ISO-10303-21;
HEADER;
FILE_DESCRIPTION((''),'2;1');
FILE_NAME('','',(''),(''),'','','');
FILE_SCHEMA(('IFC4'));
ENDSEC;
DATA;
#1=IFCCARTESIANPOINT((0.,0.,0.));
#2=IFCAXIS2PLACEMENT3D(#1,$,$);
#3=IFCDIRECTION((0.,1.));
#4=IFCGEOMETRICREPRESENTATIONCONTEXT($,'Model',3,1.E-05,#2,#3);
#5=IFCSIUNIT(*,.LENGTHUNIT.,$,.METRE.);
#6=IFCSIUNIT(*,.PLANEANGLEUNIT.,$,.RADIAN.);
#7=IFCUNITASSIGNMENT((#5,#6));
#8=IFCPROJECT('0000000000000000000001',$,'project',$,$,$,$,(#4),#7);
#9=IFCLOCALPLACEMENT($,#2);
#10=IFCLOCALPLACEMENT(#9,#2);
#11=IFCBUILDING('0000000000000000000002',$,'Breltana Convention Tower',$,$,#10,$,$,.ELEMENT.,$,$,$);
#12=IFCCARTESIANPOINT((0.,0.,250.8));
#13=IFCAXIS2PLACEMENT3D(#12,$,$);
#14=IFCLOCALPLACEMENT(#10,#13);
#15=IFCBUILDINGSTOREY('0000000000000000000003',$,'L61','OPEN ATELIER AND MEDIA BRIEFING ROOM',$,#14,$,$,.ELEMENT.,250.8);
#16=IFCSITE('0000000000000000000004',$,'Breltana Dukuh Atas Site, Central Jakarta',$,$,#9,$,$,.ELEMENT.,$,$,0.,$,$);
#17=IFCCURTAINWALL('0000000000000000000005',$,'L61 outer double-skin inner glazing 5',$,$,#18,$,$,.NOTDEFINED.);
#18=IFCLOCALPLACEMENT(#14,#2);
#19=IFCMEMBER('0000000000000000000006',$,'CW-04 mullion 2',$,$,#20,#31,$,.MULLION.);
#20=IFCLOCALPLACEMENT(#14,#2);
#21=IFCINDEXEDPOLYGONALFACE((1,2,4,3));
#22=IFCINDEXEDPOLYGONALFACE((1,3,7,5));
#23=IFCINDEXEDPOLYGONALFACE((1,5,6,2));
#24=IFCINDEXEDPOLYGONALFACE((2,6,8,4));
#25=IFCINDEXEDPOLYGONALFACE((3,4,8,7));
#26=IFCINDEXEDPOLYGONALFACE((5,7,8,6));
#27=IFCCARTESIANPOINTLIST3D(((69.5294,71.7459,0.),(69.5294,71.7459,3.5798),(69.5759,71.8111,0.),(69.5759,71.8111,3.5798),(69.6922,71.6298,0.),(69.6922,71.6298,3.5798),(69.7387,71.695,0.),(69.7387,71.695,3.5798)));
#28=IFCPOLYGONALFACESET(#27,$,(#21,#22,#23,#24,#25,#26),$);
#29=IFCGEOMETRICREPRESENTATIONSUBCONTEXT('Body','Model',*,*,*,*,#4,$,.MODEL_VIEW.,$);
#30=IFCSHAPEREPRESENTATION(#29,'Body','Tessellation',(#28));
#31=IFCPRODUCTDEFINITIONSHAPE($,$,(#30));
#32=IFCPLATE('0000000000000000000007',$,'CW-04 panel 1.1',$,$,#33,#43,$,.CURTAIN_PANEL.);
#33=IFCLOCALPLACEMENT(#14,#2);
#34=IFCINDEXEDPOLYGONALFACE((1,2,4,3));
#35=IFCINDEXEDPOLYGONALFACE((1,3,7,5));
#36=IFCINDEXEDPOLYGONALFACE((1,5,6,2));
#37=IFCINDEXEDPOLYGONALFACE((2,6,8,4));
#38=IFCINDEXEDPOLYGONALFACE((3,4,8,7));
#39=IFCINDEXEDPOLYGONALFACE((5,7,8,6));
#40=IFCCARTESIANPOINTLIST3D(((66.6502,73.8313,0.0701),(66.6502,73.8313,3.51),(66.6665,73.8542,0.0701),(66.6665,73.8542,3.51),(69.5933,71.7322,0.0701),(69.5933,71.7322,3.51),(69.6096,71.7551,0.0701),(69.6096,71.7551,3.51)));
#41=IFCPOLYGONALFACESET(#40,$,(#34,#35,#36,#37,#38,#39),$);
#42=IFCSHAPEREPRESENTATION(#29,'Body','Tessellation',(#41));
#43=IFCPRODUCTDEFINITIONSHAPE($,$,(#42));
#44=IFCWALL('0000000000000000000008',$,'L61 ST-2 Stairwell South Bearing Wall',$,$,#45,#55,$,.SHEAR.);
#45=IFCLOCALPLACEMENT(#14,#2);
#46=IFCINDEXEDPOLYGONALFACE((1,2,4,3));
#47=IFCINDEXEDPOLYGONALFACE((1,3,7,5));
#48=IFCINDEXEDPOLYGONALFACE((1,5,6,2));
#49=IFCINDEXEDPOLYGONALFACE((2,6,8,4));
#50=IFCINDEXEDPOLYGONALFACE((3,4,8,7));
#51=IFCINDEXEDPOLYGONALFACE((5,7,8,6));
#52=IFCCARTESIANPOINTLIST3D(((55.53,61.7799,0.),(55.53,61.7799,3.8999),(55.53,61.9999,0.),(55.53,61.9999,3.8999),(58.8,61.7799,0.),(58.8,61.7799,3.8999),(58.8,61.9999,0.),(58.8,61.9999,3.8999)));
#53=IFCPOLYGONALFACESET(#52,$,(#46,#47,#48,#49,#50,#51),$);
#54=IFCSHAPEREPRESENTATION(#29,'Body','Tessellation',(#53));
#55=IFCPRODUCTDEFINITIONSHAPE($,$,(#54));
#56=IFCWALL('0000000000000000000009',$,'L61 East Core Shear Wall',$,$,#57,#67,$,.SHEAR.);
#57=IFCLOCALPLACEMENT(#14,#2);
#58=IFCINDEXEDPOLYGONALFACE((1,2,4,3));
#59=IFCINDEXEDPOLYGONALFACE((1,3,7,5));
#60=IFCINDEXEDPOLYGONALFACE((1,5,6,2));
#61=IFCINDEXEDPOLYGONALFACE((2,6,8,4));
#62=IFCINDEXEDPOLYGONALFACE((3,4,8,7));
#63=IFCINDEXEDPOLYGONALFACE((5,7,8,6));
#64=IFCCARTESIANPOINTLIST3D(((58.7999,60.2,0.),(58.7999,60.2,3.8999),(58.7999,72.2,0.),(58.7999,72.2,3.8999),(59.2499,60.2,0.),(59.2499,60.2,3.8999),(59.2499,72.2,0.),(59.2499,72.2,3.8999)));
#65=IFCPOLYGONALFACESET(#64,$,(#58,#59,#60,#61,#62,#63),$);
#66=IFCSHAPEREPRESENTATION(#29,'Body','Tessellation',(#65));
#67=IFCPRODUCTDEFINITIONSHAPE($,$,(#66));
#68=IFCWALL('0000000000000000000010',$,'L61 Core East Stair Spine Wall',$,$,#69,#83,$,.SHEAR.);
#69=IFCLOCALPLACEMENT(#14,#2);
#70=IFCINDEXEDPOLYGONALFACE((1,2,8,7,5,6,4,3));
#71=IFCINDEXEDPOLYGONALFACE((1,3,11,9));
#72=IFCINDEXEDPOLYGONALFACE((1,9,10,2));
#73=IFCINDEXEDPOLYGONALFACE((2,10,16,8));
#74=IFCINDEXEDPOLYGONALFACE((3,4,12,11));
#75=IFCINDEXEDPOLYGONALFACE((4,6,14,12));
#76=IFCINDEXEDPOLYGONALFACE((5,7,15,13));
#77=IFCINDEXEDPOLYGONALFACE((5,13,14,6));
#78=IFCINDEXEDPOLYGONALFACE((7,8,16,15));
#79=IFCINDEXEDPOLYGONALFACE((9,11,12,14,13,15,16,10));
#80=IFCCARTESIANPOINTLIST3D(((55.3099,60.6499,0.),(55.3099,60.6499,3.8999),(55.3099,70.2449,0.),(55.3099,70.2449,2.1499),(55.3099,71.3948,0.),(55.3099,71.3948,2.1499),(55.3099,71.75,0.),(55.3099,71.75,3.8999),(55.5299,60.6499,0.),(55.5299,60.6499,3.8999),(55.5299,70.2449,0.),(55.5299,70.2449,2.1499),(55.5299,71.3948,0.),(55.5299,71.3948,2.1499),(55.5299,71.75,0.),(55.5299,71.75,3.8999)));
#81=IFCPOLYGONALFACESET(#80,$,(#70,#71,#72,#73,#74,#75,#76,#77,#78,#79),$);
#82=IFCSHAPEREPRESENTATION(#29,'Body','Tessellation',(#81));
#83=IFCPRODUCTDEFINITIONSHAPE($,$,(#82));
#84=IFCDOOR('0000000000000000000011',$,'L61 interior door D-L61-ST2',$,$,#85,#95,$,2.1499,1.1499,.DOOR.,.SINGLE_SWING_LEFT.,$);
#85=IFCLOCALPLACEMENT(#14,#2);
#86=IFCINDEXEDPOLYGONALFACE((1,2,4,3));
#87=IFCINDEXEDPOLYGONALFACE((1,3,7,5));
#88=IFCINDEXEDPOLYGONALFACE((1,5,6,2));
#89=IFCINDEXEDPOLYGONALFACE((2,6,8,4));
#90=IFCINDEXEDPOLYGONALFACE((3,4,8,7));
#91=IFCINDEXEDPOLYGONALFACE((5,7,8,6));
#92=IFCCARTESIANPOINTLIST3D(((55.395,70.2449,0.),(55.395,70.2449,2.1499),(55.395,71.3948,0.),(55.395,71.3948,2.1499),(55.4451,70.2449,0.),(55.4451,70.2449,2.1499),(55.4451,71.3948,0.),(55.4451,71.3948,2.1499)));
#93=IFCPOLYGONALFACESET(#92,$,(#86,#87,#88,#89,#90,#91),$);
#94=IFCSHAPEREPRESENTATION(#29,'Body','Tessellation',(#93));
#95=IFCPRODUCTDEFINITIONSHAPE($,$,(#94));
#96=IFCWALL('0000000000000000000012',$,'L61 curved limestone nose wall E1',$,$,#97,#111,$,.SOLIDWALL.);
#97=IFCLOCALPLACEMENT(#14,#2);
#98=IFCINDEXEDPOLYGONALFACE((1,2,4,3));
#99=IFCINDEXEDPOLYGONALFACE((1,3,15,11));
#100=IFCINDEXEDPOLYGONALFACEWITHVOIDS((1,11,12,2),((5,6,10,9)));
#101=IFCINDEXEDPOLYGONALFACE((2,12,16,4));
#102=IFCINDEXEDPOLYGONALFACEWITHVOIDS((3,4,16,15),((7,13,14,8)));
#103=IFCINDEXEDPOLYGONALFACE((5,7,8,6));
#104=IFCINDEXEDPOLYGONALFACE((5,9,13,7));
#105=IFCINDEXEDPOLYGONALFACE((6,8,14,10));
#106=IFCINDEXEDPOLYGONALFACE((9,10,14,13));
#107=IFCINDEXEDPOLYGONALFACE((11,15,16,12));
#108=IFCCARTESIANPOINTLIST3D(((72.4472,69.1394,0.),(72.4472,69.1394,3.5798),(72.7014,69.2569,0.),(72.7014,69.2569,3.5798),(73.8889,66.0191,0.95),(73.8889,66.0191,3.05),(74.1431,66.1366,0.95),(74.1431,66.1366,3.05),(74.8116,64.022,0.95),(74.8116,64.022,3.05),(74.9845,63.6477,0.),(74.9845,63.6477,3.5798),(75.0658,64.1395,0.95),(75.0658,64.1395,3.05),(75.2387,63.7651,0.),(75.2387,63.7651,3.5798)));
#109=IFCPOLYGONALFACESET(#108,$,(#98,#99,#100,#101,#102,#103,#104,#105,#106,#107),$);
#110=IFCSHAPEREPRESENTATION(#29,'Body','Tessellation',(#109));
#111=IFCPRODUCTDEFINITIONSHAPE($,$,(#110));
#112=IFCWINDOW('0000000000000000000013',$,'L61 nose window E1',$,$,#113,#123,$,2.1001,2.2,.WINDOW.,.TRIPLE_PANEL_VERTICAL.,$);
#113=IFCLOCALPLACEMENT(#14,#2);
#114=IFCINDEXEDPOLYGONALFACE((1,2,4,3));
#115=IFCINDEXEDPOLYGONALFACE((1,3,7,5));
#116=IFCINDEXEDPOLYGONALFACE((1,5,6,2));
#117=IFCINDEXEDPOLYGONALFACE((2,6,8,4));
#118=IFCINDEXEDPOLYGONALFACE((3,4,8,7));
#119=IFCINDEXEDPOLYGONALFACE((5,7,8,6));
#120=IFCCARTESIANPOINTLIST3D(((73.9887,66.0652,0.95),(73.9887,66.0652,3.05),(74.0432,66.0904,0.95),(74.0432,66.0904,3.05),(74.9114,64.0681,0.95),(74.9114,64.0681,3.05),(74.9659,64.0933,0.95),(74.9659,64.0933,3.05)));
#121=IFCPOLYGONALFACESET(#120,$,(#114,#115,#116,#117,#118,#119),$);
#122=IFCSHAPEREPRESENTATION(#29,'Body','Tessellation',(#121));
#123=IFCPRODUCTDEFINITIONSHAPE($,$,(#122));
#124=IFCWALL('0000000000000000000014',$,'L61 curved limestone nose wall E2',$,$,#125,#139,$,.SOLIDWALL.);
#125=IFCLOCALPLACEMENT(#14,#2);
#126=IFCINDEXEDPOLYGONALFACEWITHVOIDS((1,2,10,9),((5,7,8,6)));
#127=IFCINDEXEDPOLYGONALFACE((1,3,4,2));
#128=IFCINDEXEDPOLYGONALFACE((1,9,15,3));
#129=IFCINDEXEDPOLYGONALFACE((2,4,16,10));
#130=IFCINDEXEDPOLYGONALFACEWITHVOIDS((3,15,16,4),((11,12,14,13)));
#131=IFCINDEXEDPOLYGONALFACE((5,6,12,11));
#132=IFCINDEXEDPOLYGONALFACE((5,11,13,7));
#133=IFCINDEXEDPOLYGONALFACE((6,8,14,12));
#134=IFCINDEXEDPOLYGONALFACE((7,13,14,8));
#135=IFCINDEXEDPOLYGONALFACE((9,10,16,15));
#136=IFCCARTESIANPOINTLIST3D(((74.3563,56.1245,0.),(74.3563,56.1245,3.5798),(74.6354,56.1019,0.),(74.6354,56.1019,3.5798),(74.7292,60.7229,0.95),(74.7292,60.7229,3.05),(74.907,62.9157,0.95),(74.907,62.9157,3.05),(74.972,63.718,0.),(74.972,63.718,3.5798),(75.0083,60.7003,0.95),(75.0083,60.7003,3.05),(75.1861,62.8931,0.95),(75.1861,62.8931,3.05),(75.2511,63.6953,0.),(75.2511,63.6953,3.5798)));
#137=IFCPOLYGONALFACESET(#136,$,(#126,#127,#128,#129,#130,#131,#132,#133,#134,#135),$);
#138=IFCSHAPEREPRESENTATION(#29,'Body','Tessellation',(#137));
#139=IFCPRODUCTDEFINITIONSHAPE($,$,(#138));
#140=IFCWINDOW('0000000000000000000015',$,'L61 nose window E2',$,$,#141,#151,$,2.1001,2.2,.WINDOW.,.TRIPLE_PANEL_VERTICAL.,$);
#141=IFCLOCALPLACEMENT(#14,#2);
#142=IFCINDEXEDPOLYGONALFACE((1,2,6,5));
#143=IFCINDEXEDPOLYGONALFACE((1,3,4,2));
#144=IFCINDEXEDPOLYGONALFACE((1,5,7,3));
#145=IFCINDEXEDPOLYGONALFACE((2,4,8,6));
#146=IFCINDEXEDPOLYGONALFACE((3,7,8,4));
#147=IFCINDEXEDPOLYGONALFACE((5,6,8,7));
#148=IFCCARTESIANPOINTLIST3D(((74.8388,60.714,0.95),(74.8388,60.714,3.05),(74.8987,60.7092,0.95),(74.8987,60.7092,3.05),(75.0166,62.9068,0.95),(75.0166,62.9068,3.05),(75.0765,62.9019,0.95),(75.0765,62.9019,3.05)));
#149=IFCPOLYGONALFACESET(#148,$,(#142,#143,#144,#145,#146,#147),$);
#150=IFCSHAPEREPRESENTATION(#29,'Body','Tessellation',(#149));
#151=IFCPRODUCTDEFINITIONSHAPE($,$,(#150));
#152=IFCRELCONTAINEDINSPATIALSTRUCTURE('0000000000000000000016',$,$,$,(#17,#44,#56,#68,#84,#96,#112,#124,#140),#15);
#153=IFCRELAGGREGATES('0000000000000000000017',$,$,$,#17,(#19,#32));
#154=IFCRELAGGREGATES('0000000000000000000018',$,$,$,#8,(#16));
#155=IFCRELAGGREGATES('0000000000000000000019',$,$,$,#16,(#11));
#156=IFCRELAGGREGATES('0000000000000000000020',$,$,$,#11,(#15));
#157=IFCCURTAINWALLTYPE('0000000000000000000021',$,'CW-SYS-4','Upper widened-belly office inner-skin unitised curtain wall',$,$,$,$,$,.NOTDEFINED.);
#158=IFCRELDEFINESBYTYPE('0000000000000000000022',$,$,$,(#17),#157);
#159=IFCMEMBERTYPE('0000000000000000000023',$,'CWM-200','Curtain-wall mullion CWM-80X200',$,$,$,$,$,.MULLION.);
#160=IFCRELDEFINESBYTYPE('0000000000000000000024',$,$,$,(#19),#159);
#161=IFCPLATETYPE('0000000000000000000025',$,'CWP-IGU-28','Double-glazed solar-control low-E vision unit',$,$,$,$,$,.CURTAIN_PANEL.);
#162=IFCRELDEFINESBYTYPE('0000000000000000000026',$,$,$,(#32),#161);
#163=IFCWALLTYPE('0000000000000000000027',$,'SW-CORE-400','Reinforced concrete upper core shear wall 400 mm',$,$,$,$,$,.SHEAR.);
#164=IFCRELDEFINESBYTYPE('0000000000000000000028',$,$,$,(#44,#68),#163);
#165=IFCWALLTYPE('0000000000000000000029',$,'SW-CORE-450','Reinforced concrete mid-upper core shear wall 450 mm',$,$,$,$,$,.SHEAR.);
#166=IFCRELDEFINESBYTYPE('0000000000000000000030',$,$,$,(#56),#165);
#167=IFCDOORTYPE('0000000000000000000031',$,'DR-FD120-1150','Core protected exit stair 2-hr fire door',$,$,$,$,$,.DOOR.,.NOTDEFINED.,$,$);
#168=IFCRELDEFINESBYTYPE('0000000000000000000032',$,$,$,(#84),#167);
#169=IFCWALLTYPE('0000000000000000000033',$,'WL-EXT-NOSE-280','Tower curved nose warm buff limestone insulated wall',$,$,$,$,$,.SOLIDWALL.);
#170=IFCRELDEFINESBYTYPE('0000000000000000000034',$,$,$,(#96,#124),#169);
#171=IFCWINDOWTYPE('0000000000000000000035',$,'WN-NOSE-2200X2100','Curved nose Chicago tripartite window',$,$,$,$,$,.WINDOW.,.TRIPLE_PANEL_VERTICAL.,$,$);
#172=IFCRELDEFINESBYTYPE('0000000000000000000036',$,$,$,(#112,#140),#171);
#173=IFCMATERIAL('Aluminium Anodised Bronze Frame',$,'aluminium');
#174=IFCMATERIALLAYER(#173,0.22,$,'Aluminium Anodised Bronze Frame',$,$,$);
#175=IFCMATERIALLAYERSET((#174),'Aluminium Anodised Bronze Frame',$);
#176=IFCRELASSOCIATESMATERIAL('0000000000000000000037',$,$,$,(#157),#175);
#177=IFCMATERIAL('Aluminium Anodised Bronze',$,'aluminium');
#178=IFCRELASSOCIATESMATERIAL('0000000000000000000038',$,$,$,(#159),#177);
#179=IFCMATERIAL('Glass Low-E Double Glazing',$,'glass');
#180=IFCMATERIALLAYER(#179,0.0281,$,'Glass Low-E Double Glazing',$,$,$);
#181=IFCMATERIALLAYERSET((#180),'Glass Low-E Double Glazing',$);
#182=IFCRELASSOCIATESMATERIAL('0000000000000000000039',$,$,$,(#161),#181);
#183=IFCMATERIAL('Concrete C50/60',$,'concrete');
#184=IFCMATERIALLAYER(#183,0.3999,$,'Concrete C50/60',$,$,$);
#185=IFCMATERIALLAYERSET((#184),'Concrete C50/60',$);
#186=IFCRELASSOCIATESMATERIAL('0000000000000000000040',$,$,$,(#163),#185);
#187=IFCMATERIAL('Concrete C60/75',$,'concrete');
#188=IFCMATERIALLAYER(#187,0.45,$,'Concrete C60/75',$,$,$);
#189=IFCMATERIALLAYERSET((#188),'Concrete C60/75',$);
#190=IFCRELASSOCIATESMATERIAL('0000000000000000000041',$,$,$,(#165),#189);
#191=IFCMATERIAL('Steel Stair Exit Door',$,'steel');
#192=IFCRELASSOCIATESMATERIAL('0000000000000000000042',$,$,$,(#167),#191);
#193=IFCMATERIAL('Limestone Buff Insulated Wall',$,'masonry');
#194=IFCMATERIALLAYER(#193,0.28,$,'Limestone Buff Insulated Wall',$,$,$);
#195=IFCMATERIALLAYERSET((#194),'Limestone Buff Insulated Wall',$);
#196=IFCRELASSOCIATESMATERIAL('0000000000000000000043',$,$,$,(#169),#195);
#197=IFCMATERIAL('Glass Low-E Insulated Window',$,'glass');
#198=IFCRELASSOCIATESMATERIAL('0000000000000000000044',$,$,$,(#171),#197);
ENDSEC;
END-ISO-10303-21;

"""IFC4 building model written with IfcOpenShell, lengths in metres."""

from ifc_helpers import new_model, si_unit, direction, frame, frame_2d, origin, origin_2d, place, context, subcontext, project, spatial, rectangle, extrude, source, transform, mapped, material, layer, layer_set, material_profile, profile_set, type_object, type_shapes, element, fill, aggregate, save


model = new_model("IFC4")

# Units and contexts
model_context = context("Model", 3, precision=1e-05, world=origin(), true_north=direction((0.0, 1.0)))
body_context = subcontext(model_context, "Body", "Model", "MODEL_VIEW")
ifc_project = project(units=[si_unit("LENGTHUNIT", "METRE"), si_unit("PLANEANGLEUNIT", "RADIAN")], contexts=[model_context])

# Site, building, storey
site_placement = place(None, origin())
site = spatial("IfcSite", under=ifc_project, at=site_placement, Name="Breltana Dukuh Atas Site, Central Jakarta", CompositionType="ELEMENT", RefElevation=0.0)
building_placement = place(site_placement, origin())
building = spatial("IfcBuilding", under=site, at=building_placement, Name="Breltana Convention Tower", CompositionType="ELEMENT")
storey_placement = place(building_placement, frame((0.0, 0.0, 250.8)))
storey = spatial("IfcBuildingStorey", under=building, at=storey_placement, Name="L61", Description="OPEN ATELIER AND MEDIA BRIEFING ROOM", CompositionType="ELEMENT", Elevation=250.8)

# Shared definitions
ifc_material_1 = material(Name="Concrete C50/60", Category="concrete")

# Curtain wall, member, plate
ifc_material_2 = material(Name="Aluminium Anodised Bronze Frame", Category="aluminium")
ifc_layer_1 = layer(ifc_material_2, 0.22, Name="Aluminium Anodised Bronze Frame")
ifc_layer_set_1 = layer_set([ifc_layer_1], Name="Aluminium Anodised Bronze Frame")
curtain_wall_type = type_object("IfcCurtainWallType", Name="CW-SYS-4", Description="Upper widened-belly office inner-skin unitised curtain wall", PredefinedType="NOTDEFINED", material=ifc_layer_set_1)
curtain_wall_placement = place(storey_placement, origin())
curtain_wall = element("IfcCurtainWall", 1, at=curtain_wall_placement, inside=storey, type_object=curtain_wall_type, Name="L61 outer double-skin inner glazing 5", PredefinedType="NOTDEFINED")
ifc_material_3 = material(Name="Aluminium Anodised Bronze", Category="aluminium")
ifc_material_profile_1 = material_profile(ifc_material_3, rectangle(XDim=0.0801, YDim=0.2, at=origin_2d()), Name="CWM-80X200")
ifc_profile_set_1 = profile_set([ifc_material_profile_1], Name="Aluminium Anodised Bronze")
member_type_1 = type_object("IfcMemberType", Name="CWM-200", Description="Curtain-wall mullion CWM-80X200", PredefinedType="MULLION", material=ifc_profile_set_1)
shared_shape_1 = source(origin(), body_context, "Body", "SweptSolid", [
    extrude(rectangle(XDim=0.0801, YDim=0.2, at=origin_2d()), origin(), (0.0, 0.0, 1.0), 3.5798),
])
member_1_placement = place(storey_placement, frame((69.634, 71.7205, 0.0), z_axis=(0.0, 0.0, 1.0), x_axis=(0.580662, 0.814145, 0.0)))
member_1 = element("IfcMember", 2, at=member_1_placement, type_object=member_type_1, Name="CW-04 mullion 2", PredefinedType="MULLION", context=body_context, shape_type="MappedRepresentation", body=[
    mapped(shared_shape_1, transform((0.0, 0.0, 0.0), scale=1.0)),
])
ifc_material_4 = material(Name="Glass Low-E Double Glazing", Category="glass")
ifc_layer_2 = layer(ifc_material_4, 0.0281, Name="Glass Low-E Double Glazing")
ifc_layer_set_2 = layer_set([ifc_layer_2], Name="Glass Low-E Double Glazing")
plate_type = type_object("IfcPlateType", Name="CWP-IGU-28", Description="Double-glazed solar-control low-E vision unit", PredefinedType="CURTAIN_PANEL", material=ifc_layer_set_2)
shared_shape_2 = source(origin(), body_context, "Body", "SweptSolid", [
    extrude(rectangle(XDim=3.615, YDim=0.0281, at=origin_2d()), origin(), (0.0, 0.0, 1.0), 3.4399),
])
plate_placement = place(storey_placement, frame((68.1299, 72.7932, 0.0701), z_axis=(0.0, 0.0, 1.0), x_axis=(0.814145, -0.580662, 0.0)))
plate = element("IfcPlate", 3, at=plate_placement, type_object=plate_type, Name="CW-04 panel 1.1", PredefinedType="CURTAIN_PANEL", context=body_context, shape_type="MappedRepresentation", body=[
    mapped(shared_shape_2, transform((0.0, 0.0, 0.0), scale=1.0)),
])
aggregate(curtain_wall, [member_1, plate])

# Walls
ifc_layer_3 = layer(ifc_material_1, 0.3999, Name="Concrete C50/60")
ifc_layer_set_3 = layer_set([ifc_layer_3], Name="Concrete C50/60")
wall_type_1 = type_object("IfcWallType", Name="SW-CORE-400", Description="Reinforced concrete upper core shear wall 400 mm", PredefinedType="SHEAR", material=ifc_layer_set_3)
shared_shape_3 = source(origin(), body_context, "Body", "SweptSolid", [
    extrude(rectangle(XDim=3.27, YDim=0.22, at=frame_2d((1.635, 0.0))), origin(), (0.0, 0.0, 1.0), 3.8999),
])
wall_1_placement = place(storey_placement, frame((55.53, 61.8899, 0.0), z_axis=(0.0, 0.0, 1.0), x_axis=(1.0, 0.0, 0.0)))
element("IfcWall", 4, at=wall_1_placement, inside=storey, type_object=wall_type_1, Name="L61 ST-2 Stairwell South Bearing Wall", PredefinedType="SHEAR", context=body_context, shape_type="MappedRepresentation", body=[
    mapped(shared_shape_3, transform((0.0, 0.0, 0.0), scale=1.0)),
])
ifc_material_5 = material(Name="Concrete C60/75", Category="concrete")
ifc_layer_4 = layer(ifc_material_5, 0.45, Name="Concrete C60/75")
ifc_layer_set_4 = layer_set([ifc_layer_4], Name="Concrete C60/75")
wall_type_2 = type_object("IfcWallType", Name="SW-CORE-450", Description="Reinforced concrete mid-upper core shear wall 450 mm", PredefinedType="SHEAR", material=ifc_layer_set_4)
shared_shape_4 = source(origin(), body_context, "Body", "SweptSolid", [
    extrude(rectangle(XDim=12.0, YDim=0.45, at=frame_2d((6.0, 0.0))), origin(), (0.0, 0.0, 1.0), 3.8999),
])
wall_2_placement = place(storey_placement, frame((59.0249, 60.2, 0.0), z_axis=(0.0, 0.0, 1.0), x_axis=(0.0, 1.0, 0.0)))
element("IfcWall", 5, at=wall_2_placement, inside=storey, type_object=wall_type_2, Name="L61 East Core Shear Wall", PredefinedType="SHEAR", context=body_context, shape_type="MappedRepresentation", body=[
    mapped(shared_shape_4, transform((0.0, 0.0, 0.0), scale=1.0)),
])

# Wall, opening, door
shared_shape_5 = source(origin(), body_context, "Body", "SweptSolid", [
    extrude(rectangle(XDim=11.1001, YDim=0.22, at=frame_2d((5.55, 0.0))), origin(), (0.0, 0.0, 1.0), 3.8999),
])
wall_3_placement = place(storey_placement, frame((55.4199, 60.6499, 0.0), z_axis=(0.0, 0.0, 1.0), x_axis=(0.0, 1.0, 0.0)))
wall_3 = element("IfcWall", 6, at=wall_3_placement, inside=storey, type_object=wall_type_1, Name="L61 Core East Stair Spine Wall", PredefinedType="SHEAR", context=body_context, shape_type="MappedRepresentation", body=[
    mapped(shared_shape_5, transform((0.0, 0.0, 0.0), scale=1.0)),
])
opening_1_placement = place(wall_3_placement, frame((9.595, 0.0, 0.0)))
opening_1 = element("IfcOpeningElement", 7, at=opening_1_placement, cuts=wall_3, PredefinedType="OPENING", context=body_context, shape_type="SweptSolid", body=[
    extrude(rectangle(XDim=1.1499, YDim=2.1499, at=frame_2d((0.575, 1.075))), frame((0.0, 0.1201, 0.0), z_axis=(0.0, -1.0, 0.0), x_axis=(1.0, 0.0, 0.0)), (0.0, 0.0, 1.0), 0.24),
])
ifc_material_6 = material(Name="Steel Stair Exit Door", Category="steel")
door_type = type_object("IfcDoorType", Name="DR-FD120-1150", Description="Core protected exit stair 2-hr fire door", OperationType="NOTDEFINED", PredefinedType="DOOR", material=ifc_material_6)
shared_shape_6 = source(origin(), body_context, "Body", "SweptSolid", [
    extrude(rectangle(XDim=1.1499, YDim=2.1499, at=frame_2d((0.575, 1.075))), frame((0.0, 0.0249, 0.0), z_axis=(0.0, -1.0, 0.0), x_axis=(1.0, 0.0, 0.0)), (0.0, 0.0, 1.0), 0.05),
])
type_shapes(door_type, [shared_shape_6])
door_placement = place(opening_1_placement, origin())
door = element("IfcDoor", 8, at=door_placement, inside=storey, type_object=door_type, Name="L61 interior door D-L61-ST2", OperationType="SINGLE_SWING_LEFT", OverallHeight=2.1499, OverallWidth=1.1499, PredefinedType="DOOR", context=body_context, shape_type="MappedRepresentation", body=[
    mapped(shared_shape_6, transform((0.0, 0.0, 0.0), scale=1.0)),
])
fill(opening_1, door)

# Walls, openings, windows
ifc_material_7 = material(Name="Limestone Buff Insulated Wall", Category="masonry")
ifc_layer_5 = layer(ifc_material_7, 0.28, Name="Limestone Buff Insulated Wall")
ifc_layer_set_5 = layer_set([ifc_layer_5], Name="Limestone Buff Insulated Wall")
wall_type_3 = type_object("IfcWallType", Name="WL-EXT-NOSE-280", Description="Tower curved nose warm buff limestone insulated wall", PredefinedType="SOLIDWALL", material=ifc_layer_set_5)
shared_shape_7 = source(origin(), body_context, "Body", "SweptSolid", [
    extrude(rectangle(XDim=6.0496, YDim=0.28, at=frame_2d((3.0249, 0.0))), origin(), (0.0, 0.0, 1.0), 3.5798),
])
wall_4_placement = place(storey_placement, frame((72.5742, 69.1982, 0.0), z_axis=(0.0, 0.0, 1.0), x_axis=(0.419429, -0.907788, 0.0)))
wall_4 = element("IfcWall", 9, at=wall_4_placement, inside=storey, type_object=wall_type_3, Name="L61 curved limestone nose wall E1", PredefinedType="SOLIDWALL", context=body_context, shape_type="MappedRepresentation", body=[
    mapped(shared_shape_7, transform((0.0, 0.0, 0.0), scale=1.0)),
])
opening_2_placement = place(wall_4_placement, frame((3.4373, 0.0, 0.95)))
opening_2 = element("IfcOpeningElement", 10, at=opening_2_placement, cuts=wall_4, PredefinedType="OPENING", context=body_context, shape_type="SweptSolid", body=[
    extrude(rectangle(XDim=2.2, YDim=2.1001, at=frame_2d((1.1001, 1.05))), frame((0.0, 0.1499, 0.0), z_axis=(0.0, -1.0, 0.0), x_axis=(1.0, 0.0, 0.0)), (0.0, 0.0, 1.0), 0.3),
])
ifc_material_8 = material(Name="Glass Low-E Insulated Window", Category="glass")
window_type = type_object("IfcWindowType", Name="WN-NOSE-2200X2100", Description="Curved nose Chicago tripartite window", PartitioningType="TRIPLE_PANEL_VERTICAL", PredefinedType="WINDOW", material=ifc_material_8)
shared_shape_8 = source(origin(), body_context, "Body", "SweptSolid", [
    extrude(rectangle(XDim=2.2, YDim=2.1001, at=frame_2d((1.1001, 1.05))), frame((0.0, 0.03, 0.0), z_axis=(0.0, -1.0, 0.0), x_axis=(1.0, 0.0, 0.0)), (0.0, 0.0, 1.0), 0.0601),
])
type_shapes(window_type, [shared_shape_8])
window_1_placement = place(opening_2_placement, origin())
window_1 = element("IfcWindow", 11, at=window_1_placement, inside=storey, type_object=window_type, Name="L61 nose window E1", OverallHeight=2.1001, OverallWidth=2.2, PartitioningType="TRIPLE_PANEL_VERTICAL", PredefinedType="WINDOW", context=body_context, shape_type="MappedRepresentation", body=[
    mapped(shared_shape_8, transform((0.0, 0.0, 0.0), scale=1.0)),
])
fill(opening_2, window_1)
shared_shape_9 = source(origin(), body_context, "Body", "SweptSolid", [
    extrude(rectangle(XDim=7.6184, YDim=0.28, at=frame_2d((3.8091, 0.0))), origin(), (0.0, 0.0, 1.0), 3.5798),
])
wall_5_placement = place(storey_placement, frame((75.1116, 63.7065, 0.0), z_axis=(0.0, 0.0, 1.0), x_axis=(-0.08082, -0.996729, 0.0)))
wall_5 = element("IfcWall", 12, at=wall_5_placement, inside=storey, type_object=wall_type_3, Name="L61 curved limestone nose wall E2", PredefinedType="SOLIDWALL", context=body_context, shape_type="MappedRepresentation", body=[
    mapped(shared_shape_9, transform((0.0, 0.0, 0.0), scale=1.0)),
])
opening_3_placement = place(wall_5_placement, frame((0.8047, 0.0, 0.95)))
opening_3 = element("IfcOpeningElement", 13, at=opening_3_placement, cuts=wall_5, PredefinedType="OPENING", context=body_context, shape_type="SweptSolid", body=[
    extrude(rectangle(XDim=2.2, YDim=2.1001, at=frame_2d((1.1001, 1.05))), frame((0.0, 0.1499, 0.0), z_axis=(0.0, -1.0, 0.0), x_axis=(1.0, 0.0, 0.0)), (0.0, 0.0, 1.0), 0.3),
])
window_2_placement = place(opening_3_placement, origin())
window_2 = element("IfcWindow", 14, at=window_2_placement, inside=storey, type_object=window_type, Name="L61 nose window E2", OverallHeight=2.1001, OverallWidth=2.2, PartitioningType="TRIPLE_PANEL_VERTICAL", PredefinedType="WINDOW", context=body_context, shape_type="MappedRepresentation", body=[
    mapped(shared_shape_8, transform((0.0, 0.0, 0.0), scale=1.0)),
])
fill(opening_3, window_2)

save(model, "model.ifc")
